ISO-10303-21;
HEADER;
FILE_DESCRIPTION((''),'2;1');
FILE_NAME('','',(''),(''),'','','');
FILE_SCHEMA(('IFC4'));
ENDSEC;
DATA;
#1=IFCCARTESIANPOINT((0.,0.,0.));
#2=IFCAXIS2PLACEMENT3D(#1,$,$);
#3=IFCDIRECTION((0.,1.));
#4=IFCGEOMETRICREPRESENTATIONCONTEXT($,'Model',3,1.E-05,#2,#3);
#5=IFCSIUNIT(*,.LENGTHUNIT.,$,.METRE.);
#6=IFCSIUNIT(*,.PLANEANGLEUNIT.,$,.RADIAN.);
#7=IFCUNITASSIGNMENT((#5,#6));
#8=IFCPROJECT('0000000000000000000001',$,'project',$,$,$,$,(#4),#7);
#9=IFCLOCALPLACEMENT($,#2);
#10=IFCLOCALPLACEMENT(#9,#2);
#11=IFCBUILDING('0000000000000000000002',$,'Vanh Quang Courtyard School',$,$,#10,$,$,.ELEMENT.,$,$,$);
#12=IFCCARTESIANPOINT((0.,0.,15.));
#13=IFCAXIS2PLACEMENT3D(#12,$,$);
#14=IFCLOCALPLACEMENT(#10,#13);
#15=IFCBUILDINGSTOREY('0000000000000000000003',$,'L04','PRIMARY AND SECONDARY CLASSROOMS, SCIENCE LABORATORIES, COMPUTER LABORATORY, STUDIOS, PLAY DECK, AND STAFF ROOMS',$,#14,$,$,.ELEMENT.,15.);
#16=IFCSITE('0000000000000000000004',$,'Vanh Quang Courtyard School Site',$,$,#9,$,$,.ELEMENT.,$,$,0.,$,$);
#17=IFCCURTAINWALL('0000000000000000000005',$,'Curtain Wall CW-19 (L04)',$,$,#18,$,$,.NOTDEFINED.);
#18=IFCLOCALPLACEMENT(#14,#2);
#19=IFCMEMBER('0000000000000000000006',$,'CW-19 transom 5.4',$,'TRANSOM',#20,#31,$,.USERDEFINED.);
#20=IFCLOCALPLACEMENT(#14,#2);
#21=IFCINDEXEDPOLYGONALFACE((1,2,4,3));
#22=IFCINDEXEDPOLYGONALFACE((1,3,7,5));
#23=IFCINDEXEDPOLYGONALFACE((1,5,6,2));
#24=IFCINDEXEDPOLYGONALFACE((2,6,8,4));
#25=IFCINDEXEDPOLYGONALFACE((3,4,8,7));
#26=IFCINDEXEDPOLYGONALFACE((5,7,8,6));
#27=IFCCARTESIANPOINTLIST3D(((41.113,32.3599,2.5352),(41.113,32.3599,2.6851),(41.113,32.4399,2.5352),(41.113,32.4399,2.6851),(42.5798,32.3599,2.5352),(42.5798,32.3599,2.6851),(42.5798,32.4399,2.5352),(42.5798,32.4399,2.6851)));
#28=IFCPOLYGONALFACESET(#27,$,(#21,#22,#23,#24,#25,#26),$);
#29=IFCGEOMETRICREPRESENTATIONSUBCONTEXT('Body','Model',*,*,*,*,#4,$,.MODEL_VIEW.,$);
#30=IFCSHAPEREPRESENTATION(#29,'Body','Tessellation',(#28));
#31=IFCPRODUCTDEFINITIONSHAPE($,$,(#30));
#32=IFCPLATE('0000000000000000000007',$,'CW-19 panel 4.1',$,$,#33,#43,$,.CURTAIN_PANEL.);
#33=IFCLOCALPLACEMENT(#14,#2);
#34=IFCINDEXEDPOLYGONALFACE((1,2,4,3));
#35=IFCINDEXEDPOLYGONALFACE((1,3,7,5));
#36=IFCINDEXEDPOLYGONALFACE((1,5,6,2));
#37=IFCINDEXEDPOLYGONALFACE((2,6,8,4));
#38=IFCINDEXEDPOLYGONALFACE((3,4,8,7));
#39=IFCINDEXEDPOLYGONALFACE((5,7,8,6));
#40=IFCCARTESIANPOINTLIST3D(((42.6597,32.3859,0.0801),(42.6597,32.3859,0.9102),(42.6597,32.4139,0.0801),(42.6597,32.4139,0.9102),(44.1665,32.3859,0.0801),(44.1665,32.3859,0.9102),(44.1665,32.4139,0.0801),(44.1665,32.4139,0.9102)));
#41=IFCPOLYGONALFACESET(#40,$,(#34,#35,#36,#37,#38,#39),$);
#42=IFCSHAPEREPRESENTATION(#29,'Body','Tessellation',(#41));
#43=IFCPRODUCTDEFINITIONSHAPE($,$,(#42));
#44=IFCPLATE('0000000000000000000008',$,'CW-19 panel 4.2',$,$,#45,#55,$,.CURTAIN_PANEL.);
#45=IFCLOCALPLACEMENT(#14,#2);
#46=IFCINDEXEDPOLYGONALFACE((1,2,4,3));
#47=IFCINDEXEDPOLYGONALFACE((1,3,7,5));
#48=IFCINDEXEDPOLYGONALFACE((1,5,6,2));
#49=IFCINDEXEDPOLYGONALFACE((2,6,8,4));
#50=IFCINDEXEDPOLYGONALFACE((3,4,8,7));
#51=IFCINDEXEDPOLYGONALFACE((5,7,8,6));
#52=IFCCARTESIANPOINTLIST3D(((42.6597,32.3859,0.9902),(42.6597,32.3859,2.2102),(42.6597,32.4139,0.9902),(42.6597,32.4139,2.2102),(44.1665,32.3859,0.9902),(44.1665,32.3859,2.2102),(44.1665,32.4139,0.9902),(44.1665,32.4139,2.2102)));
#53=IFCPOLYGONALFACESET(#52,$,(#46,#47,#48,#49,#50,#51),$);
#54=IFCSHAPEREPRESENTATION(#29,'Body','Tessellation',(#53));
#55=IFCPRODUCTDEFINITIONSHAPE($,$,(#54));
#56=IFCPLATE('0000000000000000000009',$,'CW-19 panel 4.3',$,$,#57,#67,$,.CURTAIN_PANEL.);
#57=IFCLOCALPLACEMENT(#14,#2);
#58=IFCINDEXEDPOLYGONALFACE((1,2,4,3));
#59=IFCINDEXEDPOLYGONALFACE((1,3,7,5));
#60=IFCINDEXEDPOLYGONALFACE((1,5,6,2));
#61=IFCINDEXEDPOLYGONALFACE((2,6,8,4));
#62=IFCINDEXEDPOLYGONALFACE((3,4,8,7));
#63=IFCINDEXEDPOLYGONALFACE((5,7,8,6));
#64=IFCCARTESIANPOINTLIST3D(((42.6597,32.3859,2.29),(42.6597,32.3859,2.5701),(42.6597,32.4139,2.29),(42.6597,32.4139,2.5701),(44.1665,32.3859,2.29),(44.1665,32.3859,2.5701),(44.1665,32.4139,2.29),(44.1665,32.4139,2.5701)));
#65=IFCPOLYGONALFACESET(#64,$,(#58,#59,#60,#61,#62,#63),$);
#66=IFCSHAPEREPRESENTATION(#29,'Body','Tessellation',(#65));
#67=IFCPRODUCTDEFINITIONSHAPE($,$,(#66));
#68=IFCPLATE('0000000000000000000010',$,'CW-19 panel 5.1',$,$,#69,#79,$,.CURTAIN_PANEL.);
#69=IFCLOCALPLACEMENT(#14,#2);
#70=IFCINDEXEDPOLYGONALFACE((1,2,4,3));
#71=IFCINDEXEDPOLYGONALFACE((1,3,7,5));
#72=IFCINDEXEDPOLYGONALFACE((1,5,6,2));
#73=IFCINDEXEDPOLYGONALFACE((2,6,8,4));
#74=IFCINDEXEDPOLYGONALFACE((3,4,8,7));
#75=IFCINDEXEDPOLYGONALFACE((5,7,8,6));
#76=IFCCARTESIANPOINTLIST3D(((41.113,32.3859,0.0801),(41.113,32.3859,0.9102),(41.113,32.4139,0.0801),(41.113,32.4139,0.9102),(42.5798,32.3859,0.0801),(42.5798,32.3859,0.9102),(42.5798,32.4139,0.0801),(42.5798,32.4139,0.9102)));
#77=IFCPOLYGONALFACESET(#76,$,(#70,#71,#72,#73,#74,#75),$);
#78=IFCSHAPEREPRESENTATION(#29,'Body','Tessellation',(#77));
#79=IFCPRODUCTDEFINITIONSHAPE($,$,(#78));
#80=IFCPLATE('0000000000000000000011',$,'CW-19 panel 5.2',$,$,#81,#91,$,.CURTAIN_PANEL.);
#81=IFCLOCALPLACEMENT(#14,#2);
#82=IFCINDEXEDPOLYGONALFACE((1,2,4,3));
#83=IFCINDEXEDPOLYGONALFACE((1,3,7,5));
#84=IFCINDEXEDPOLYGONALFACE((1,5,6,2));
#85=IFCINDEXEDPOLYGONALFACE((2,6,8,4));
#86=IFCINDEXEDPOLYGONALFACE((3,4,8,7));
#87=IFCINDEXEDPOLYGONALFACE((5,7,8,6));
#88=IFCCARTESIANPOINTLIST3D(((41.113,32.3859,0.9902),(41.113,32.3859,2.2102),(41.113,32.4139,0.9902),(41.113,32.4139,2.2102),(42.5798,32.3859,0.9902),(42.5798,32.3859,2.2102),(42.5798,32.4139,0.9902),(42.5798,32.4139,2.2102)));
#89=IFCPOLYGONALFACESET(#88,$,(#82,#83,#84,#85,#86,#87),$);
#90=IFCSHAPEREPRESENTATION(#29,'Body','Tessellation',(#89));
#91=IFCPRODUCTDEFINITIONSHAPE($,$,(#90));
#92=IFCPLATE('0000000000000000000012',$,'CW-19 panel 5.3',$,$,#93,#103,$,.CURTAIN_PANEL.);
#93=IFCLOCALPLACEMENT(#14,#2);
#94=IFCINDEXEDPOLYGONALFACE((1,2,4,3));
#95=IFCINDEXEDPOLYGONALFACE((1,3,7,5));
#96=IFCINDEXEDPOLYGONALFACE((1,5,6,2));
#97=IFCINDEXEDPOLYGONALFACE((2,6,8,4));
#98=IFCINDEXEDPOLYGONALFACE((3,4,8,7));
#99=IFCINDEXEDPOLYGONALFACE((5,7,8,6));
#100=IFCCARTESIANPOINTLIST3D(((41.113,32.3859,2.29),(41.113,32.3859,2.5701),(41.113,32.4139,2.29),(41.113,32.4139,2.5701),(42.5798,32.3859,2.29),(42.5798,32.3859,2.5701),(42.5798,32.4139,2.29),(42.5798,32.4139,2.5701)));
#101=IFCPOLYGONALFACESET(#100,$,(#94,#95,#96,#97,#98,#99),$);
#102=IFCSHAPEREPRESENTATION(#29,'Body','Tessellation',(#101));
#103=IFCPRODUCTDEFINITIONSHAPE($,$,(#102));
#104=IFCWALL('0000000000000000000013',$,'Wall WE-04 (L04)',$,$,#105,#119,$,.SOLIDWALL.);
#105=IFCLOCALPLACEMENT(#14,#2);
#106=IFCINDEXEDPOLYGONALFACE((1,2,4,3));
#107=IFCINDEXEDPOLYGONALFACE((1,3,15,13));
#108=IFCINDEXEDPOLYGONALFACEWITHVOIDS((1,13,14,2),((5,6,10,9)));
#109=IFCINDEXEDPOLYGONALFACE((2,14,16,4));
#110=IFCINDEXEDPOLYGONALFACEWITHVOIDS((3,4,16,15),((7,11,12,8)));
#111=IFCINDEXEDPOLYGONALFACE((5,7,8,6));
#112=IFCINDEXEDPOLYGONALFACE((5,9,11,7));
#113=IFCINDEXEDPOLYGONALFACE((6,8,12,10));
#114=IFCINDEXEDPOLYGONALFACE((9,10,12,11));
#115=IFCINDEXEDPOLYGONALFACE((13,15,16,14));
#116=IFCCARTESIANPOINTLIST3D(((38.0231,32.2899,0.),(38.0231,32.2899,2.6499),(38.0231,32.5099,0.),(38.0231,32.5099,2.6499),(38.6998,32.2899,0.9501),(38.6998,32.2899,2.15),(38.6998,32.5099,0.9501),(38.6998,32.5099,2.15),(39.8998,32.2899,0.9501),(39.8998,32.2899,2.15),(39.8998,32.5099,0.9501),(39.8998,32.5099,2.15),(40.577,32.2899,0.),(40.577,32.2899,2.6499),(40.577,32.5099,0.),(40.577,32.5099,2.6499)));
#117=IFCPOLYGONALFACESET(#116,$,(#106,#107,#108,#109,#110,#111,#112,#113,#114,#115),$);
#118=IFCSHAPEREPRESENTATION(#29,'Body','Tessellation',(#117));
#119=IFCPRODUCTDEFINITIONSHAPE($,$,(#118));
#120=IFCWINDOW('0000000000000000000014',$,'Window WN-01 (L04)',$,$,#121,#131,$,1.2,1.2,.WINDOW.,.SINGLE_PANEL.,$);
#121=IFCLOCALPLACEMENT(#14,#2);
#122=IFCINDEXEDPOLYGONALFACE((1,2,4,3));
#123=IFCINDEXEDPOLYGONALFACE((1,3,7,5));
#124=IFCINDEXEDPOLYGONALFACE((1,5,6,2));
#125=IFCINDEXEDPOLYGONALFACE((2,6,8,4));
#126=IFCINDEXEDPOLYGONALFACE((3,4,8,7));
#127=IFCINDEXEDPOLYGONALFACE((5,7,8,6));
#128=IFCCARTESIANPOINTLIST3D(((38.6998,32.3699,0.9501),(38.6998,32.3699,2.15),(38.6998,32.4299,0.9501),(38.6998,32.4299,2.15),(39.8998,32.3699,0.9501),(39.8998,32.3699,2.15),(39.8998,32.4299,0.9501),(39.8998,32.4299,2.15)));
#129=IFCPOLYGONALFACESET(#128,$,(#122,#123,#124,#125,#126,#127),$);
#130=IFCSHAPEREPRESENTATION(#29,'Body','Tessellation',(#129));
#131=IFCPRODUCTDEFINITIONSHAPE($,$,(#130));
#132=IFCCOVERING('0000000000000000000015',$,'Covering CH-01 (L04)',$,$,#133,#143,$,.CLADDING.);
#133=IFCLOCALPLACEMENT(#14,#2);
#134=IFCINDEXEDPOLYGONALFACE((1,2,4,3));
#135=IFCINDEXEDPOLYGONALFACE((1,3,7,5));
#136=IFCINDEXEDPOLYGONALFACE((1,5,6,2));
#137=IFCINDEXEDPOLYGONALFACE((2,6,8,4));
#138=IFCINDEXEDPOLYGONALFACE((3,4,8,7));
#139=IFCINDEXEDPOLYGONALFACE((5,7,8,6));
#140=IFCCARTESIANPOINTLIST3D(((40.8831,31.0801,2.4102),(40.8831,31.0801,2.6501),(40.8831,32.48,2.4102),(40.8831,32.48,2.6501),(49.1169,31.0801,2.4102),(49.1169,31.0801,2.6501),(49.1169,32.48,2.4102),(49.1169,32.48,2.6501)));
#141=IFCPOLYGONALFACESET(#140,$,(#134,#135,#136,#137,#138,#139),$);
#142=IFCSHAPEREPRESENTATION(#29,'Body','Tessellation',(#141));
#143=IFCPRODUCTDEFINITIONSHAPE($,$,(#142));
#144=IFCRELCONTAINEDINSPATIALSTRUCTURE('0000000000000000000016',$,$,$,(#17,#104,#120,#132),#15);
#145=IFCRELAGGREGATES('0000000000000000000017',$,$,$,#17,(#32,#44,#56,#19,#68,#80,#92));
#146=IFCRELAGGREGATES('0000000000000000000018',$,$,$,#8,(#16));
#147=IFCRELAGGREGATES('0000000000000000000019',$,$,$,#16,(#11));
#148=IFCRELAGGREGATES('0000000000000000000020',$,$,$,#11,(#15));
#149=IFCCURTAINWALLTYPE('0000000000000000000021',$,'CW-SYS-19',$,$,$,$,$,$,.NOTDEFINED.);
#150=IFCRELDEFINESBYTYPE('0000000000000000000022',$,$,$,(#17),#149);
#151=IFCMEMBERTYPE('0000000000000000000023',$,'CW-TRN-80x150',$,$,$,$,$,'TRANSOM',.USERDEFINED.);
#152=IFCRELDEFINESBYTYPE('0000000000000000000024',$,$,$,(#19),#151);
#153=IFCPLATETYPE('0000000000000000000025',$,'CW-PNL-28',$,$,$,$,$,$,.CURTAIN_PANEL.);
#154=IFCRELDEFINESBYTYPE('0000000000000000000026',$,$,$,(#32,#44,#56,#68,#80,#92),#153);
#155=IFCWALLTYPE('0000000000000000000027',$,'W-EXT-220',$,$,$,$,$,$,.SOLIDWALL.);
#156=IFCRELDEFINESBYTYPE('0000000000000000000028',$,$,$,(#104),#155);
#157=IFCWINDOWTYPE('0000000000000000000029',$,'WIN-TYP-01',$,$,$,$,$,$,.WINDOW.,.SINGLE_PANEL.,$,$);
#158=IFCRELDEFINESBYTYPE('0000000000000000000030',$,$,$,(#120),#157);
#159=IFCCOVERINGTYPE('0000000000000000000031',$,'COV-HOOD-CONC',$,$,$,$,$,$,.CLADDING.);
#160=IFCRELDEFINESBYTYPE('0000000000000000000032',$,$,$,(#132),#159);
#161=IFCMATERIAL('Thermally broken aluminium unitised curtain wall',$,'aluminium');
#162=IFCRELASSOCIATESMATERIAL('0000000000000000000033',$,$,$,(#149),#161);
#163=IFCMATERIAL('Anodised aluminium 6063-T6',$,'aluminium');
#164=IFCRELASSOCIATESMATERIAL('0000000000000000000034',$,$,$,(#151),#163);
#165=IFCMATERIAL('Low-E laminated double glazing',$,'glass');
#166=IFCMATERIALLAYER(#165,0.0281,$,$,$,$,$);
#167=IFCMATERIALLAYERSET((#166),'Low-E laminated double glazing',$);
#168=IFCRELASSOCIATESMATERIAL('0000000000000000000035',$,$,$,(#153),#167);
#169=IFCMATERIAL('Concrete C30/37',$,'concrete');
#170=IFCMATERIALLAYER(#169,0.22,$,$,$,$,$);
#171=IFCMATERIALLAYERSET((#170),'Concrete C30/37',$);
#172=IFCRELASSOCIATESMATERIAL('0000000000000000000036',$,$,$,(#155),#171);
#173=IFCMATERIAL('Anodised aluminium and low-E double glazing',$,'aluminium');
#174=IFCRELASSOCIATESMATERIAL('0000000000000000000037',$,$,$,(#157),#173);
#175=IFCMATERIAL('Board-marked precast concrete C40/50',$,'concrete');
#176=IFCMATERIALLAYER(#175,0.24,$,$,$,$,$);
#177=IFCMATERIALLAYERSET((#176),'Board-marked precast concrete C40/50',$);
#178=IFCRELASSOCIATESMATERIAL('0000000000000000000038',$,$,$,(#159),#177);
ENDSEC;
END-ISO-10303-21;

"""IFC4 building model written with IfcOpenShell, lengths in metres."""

from ifc_helpers import new_model, si_unit, direction, frame, frame_2d, origin, origin_2d, place, context, subcontext, project, spatial, rectangle, extrude, material, layer, layer_set, material_profile, profile_set, type_object, element, fill, aggregate, save


model = new_model("IFC4")

# Units and contexts
model_context = context("Model", 3, precision=1e-05, world=origin(), true_north=direction((0.0, 1.0)))
body_context = subcontext(model_context, "Body", "Model", "MODEL_VIEW")
ifc_project = project(units=[si_unit("LENGTHUNIT", "METRE"), si_unit("PLANEANGLEUNIT", "RADIAN")], contexts=[model_context])

# Site, building, storey
site_placement = place(None, origin())
site = spatial("IfcSite", under=ifc_project, at=site_placement, Name="Vanh Quang Courtyard School Site", CompositionType="ELEMENT", RefElevation=0.0)
building_placement = place(site_placement, origin())
building = spatial("IfcBuilding", under=site, at=building_placement, Name="Vanh Quang Courtyard School", CompositionType="ELEMENT")
storey_placement = place(building_placement, frame((0.0, 0.0, 15.0)))
storey = spatial("IfcBuildingStorey", under=building, at=storey_placement, Name="L04", Description="PRIMARY AND SECONDARY CLASSROOMS, SCIENCE LABORATORIES, COMPUTER LABORATORY, STUDIOS, PLAY DECK, AND STAFF ROOMS", CompositionType="ELEMENT", Elevation=15.0)

# Curtain wall, member, plates
ifc_material_1 = material(Name="Thermally broken aluminium unitised curtain wall", Category="aluminium")
curtain_wall_type = type_object("IfcCurtainWallType", Name="CW-SYS-19", PredefinedType="NOTDEFINED", material=ifc_material_1)
curtain_wall_placement = place(storey_placement, origin())
curtain_wall = element("IfcCurtainWall", 1, at=curtain_wall_placement, inside=storey, type_object=curtain_wall_type, Name="Curtain Wall CW-19 (L04)", PredefinedType="NOTDEFINED")
ifc_material_2 = material(Name="Anodised aluminium 6063-T6", Category="aluminium")
ifc_material_profile_1 = material_profile(ifc_material_2, rectangle(XDim=0.0801, YDim=0.1499, at=origin_2d()), Name="ALU-TRN 80x150")
ifc_profile_set_1 = profile_set([ifc_material_profile_1], Name="Anodised aluminium 6063-T6")
member_type_1 = type_object("IfcMemberType", Name="CW-TRN-80x150", ElementType="TRANSOM", PredefinedType="USERDEFINED", material=ifc_profile_set_1)
member_1_placement = place(storey_placement, frame((42.5798, 32.3999, 2.6101), z_axis=(-1.0, 0.0, 0.0), x_axis=(0.0, -1.0, 0.0)))
member_1 = element("IfcMember", 2, at=member_1_placement, type_object=member_type_1, Name="CW-19 transom 5.4", ObjectType="TRANSOM", PredefinedType="USERDEFINED", context=body_context, shape_type="SweptSolid", body=[
    extrude(rectangle(XDim=0.0801, YDim=0.1499, at=origin_2d()), origin(), (0.0, 0.0, 1.0), 1.4668),
])
ifc_material_3 = material(Name="Low-E laminated double glazing", Category="glass")
ifc_layer_1 = layer(ifc_material_3, 0.0281)
ifc_layer_set_1 = layer_set([ifc_layer_1], Name="Low-E laminated double glazing")
plate_type = type_object("IfcPlateType", Name="CW-PNL-28", PredefinedType="CURTAIN_PANEL", material=ifc_layer_set_1)
plate_1_placement = place(storey_placement, frame((43.4131, 32.3999, 0.0801), z_axis=(0.0, 0.0, 1.0), x_axis=(-1.0, 0.0, 0.0)))
plate_1 = element("IfcPlate", 3, at=plate_1_placement, type_object=plate_type, Name="CW-19 panel 4.1", PredefinedType="CURTAIN_PANEL", context=body_context, shape_type="SweptSolid", body=[
    extrude(rectangle(XDim=1.5068, YDim=0.0281, at=origin_2d()), origin(), (0.0, 0.0, 1.0), 0.8301),
])
plate_2_placement = place(storey_placement, frame((43.4131, 32.3999, 0.9902), z_axis=(0.0, 0.0, 1.0), x_axis=(-1.0, 0.0, 0.0)))
plate_2 = element("IfcPlate", 4, at=plate_2_placement, type_object=plate_type, Name="CW-19 panel 4.2", PredefinedType="CURTAIN_PANEL", context=body_context, shape_type="SweptSolid", body=[
    extrude(rectangle(XDim=1.5068, YDim=0.0281, at=origin_2d()), origin(), (0.0, 0.0, 1.0), 1.22),
])
plate_3_placement = place(storey_placement, frame((43.4131, 32.3999, 2.29), z_axis=(0.0, 0.0, 1.0), x_axis=(-1.0, 0.0, 0.0)))
plate_3 = element("IfcPlate", 5, at=plate_3_placement, type_object=plate_type, Name="CW-19 panel 4.3", PredefinedType="CURTAIN_PANEL", context=body_context, shape_type="SweptSolid", body=[
    extrude(rectangle(XDim=1.5068, YDim=0.0281, at=origin_2d()), origin(), (0.0, 0.0, 1.0), 0.28),
])
plate_4_placement = place(storey_placement, frame((41.8464, 32.3999, 0.0801), z_axis=(0.0, 0.0, 1.0), x_axis=(-1.0, 0.0, 0.0)))
plate_4 = element("IfcPlate", 6, at=plate_4_placement, type_object=plate_type, Name="CW-19 panel 5.1", PredefinedType="CURTAIN_PANEL", context=body_context, shape_type="SweptSolid", body=[
    extrude(rectangle(XDim=1.4668, YDim=0.0281, at=origin_2d()), origin(), (0.0, 0.0, 1.0), 0.8301),
])
plate_5_placement = place(storey_placement, frame((41.8464, 32.3999, 0.9902), z_axis=(0.0, 0.0, 1.0), x_axis=(-1.0, 0.0, 0.0)))
plate_5 = element("IfcPlate", 7, at=plate_5_placement, type_object=plate_type, Name="CW-19 panel 5.2", PredefinedType="CURTAIN_PANEL", context=body_context, shape_type="SweptSolid", body=[
    extrude(rectangle(XDim=1.4668, YDim=0.0281, at=origin_2d()), origin(), (0.0, 0.0, 1.0), 1.22),
])
plate_6_placement = place(storey_placement, frame((41.8464, 32.3999, 2.29), z_axis=(0.0, 0.0, 1.0), x_axis=(-1.0, 0.0, 0.0)))
plate_6 = element("IfcPlate", 8, at=plate_6_placement, type_object=plate_type, Name="CW-19 panel 5.3", PredefinedType="CURTAIN_PANEL", context=body_context, shape_type="SweptSolid", body=[
    extrude(rectangle(XDim=1.4668, YDim=0.0281, at=origin_2d()), origin(), (0.0, 0.0, 1.0), 0.28),
])
aggregate(curtain_wall, [plate_1, plate_2, plate_3, member_1, plate_4, plate_5, plate_6])

# Wall, opening, window
ifc_material_4 = material(Name="Concrete C30/37", Category="concrete")
ifc_layer_2 = layer(ifc_material_4, 0.22)
ifc_layer_set_2 = layer_set([ifc_layer_2], Name="Concrete C30/37")
wall_type = type_object("IfcWallType", Name="W-EXT-220", PredefinedType="SOLIDWALL", material=ifc_layer_set_2)
wall_placement = place(storey_placement, frame((40.5769, 32.3999, 0.0), z_axis=(0.0, 0.0, 1.0), x_axis=(-1.0, 0.0, 0.0)))
wall = element("IfcWall", 9, at=wall_placement, inside=storey, type_object=wall_type, Name="Wall WE-04 (L04)", PredefinedType="SOLIDWALL", context=body_context, shape_type="SweptSolid", body=[
    extrude(rectangle(XDim=2.554, YDim=0.22, at=frame_2d((1.2769, 0.0))), origin(), (0.0, 0.0, 1.0), 2.6499),
])
opening_placement = place(wall_placement, frame((0.677, 0.0, 0.95)))
opening = element("IfcOpeningElement", 10, at=opening_placement, cuts=wall, PredefinedType="OPENING", context=body_context, shape_type="SweptSolid", body=[
    extrude(rectangle(XDim=1.2, YDim=1.2, at=frame_2d((0.6001, 0.6001))), frame((0.0, 0.1201, 0.0), z_axis=(0.0, -1.0, 0.0), x_axis=(1.0, 0.0, 0.0)), (0.0, 0.0, 1.0), 0.24),
])
ifc_material_5 = material(Name="Anodised aluminium and low-E double glazing", Category="aluminium")
window_type = type_object("IfcWindowType", Name="WIN-TYP-01", PartitioningType="SINGLE_PANEL", PredefinedType="WINDOW", material=ifc_material_5)
window_placement = place(opening_placement, origin())
window = element("IfcWindow", 11, at=window_placement, inside=storey, type_object=window_type, Name="Window WN-01 (L04)", OverallHeight=1.2, OverallWidth=1.2, PartitioningType="SINGLE_PANEL", PredefinedType="WINDOW", context=body_context, shape_type="SweptSolid", body=[
    extrude(rectangle(XDim=1.2, YDim=1.2, at=frame_2d((0.6001, 0.6001))), frame((0.0, 0.03, 0.0), z_axis=(0.0, -1.0, 0.0), x_axis=(1.0, 0.0, 0.0)), (0.0, 0.0, 1.0), 0.0601),
])
fill(opening, window)

# Covering
ifc_material_6 = material(Name="Board-marked precast concrete C40/50", Category="concrete")
ifc_layer_3 = layer(ifc_material_6, 0.24)
ifc_layer_set_3 = layer_set([ifc_layer_3], Name="Board-marked precast concrete C40/50")
covering_type = type_object("IfcCoveringType", Name="COV-HOOD-CONC", PredefinedType="CLADDING", material=ifc_layer_set_3)
covering_placement = place(storey_placement, frame((45.0, 31.78, 2.4102), z_axis=(0.0, 0.0, 1.0), x_axis=(-1.0, 0.0, 0.0)))
element("IfcCovering", 12, at=covering_placement, inside=storey, type_object=covering_type, Name="Covering CH-01 (L04)", PredefinedType="CLADDING", context=body_context, shape_type="SweptSolid", body=[
    extrude(rectangle(XDim=8.2339, YDim=1.3999, at=origin_2d()), origin(), (0.0, 0.0, 1.0), 0.24),
])

save(model, "model.ifc")
